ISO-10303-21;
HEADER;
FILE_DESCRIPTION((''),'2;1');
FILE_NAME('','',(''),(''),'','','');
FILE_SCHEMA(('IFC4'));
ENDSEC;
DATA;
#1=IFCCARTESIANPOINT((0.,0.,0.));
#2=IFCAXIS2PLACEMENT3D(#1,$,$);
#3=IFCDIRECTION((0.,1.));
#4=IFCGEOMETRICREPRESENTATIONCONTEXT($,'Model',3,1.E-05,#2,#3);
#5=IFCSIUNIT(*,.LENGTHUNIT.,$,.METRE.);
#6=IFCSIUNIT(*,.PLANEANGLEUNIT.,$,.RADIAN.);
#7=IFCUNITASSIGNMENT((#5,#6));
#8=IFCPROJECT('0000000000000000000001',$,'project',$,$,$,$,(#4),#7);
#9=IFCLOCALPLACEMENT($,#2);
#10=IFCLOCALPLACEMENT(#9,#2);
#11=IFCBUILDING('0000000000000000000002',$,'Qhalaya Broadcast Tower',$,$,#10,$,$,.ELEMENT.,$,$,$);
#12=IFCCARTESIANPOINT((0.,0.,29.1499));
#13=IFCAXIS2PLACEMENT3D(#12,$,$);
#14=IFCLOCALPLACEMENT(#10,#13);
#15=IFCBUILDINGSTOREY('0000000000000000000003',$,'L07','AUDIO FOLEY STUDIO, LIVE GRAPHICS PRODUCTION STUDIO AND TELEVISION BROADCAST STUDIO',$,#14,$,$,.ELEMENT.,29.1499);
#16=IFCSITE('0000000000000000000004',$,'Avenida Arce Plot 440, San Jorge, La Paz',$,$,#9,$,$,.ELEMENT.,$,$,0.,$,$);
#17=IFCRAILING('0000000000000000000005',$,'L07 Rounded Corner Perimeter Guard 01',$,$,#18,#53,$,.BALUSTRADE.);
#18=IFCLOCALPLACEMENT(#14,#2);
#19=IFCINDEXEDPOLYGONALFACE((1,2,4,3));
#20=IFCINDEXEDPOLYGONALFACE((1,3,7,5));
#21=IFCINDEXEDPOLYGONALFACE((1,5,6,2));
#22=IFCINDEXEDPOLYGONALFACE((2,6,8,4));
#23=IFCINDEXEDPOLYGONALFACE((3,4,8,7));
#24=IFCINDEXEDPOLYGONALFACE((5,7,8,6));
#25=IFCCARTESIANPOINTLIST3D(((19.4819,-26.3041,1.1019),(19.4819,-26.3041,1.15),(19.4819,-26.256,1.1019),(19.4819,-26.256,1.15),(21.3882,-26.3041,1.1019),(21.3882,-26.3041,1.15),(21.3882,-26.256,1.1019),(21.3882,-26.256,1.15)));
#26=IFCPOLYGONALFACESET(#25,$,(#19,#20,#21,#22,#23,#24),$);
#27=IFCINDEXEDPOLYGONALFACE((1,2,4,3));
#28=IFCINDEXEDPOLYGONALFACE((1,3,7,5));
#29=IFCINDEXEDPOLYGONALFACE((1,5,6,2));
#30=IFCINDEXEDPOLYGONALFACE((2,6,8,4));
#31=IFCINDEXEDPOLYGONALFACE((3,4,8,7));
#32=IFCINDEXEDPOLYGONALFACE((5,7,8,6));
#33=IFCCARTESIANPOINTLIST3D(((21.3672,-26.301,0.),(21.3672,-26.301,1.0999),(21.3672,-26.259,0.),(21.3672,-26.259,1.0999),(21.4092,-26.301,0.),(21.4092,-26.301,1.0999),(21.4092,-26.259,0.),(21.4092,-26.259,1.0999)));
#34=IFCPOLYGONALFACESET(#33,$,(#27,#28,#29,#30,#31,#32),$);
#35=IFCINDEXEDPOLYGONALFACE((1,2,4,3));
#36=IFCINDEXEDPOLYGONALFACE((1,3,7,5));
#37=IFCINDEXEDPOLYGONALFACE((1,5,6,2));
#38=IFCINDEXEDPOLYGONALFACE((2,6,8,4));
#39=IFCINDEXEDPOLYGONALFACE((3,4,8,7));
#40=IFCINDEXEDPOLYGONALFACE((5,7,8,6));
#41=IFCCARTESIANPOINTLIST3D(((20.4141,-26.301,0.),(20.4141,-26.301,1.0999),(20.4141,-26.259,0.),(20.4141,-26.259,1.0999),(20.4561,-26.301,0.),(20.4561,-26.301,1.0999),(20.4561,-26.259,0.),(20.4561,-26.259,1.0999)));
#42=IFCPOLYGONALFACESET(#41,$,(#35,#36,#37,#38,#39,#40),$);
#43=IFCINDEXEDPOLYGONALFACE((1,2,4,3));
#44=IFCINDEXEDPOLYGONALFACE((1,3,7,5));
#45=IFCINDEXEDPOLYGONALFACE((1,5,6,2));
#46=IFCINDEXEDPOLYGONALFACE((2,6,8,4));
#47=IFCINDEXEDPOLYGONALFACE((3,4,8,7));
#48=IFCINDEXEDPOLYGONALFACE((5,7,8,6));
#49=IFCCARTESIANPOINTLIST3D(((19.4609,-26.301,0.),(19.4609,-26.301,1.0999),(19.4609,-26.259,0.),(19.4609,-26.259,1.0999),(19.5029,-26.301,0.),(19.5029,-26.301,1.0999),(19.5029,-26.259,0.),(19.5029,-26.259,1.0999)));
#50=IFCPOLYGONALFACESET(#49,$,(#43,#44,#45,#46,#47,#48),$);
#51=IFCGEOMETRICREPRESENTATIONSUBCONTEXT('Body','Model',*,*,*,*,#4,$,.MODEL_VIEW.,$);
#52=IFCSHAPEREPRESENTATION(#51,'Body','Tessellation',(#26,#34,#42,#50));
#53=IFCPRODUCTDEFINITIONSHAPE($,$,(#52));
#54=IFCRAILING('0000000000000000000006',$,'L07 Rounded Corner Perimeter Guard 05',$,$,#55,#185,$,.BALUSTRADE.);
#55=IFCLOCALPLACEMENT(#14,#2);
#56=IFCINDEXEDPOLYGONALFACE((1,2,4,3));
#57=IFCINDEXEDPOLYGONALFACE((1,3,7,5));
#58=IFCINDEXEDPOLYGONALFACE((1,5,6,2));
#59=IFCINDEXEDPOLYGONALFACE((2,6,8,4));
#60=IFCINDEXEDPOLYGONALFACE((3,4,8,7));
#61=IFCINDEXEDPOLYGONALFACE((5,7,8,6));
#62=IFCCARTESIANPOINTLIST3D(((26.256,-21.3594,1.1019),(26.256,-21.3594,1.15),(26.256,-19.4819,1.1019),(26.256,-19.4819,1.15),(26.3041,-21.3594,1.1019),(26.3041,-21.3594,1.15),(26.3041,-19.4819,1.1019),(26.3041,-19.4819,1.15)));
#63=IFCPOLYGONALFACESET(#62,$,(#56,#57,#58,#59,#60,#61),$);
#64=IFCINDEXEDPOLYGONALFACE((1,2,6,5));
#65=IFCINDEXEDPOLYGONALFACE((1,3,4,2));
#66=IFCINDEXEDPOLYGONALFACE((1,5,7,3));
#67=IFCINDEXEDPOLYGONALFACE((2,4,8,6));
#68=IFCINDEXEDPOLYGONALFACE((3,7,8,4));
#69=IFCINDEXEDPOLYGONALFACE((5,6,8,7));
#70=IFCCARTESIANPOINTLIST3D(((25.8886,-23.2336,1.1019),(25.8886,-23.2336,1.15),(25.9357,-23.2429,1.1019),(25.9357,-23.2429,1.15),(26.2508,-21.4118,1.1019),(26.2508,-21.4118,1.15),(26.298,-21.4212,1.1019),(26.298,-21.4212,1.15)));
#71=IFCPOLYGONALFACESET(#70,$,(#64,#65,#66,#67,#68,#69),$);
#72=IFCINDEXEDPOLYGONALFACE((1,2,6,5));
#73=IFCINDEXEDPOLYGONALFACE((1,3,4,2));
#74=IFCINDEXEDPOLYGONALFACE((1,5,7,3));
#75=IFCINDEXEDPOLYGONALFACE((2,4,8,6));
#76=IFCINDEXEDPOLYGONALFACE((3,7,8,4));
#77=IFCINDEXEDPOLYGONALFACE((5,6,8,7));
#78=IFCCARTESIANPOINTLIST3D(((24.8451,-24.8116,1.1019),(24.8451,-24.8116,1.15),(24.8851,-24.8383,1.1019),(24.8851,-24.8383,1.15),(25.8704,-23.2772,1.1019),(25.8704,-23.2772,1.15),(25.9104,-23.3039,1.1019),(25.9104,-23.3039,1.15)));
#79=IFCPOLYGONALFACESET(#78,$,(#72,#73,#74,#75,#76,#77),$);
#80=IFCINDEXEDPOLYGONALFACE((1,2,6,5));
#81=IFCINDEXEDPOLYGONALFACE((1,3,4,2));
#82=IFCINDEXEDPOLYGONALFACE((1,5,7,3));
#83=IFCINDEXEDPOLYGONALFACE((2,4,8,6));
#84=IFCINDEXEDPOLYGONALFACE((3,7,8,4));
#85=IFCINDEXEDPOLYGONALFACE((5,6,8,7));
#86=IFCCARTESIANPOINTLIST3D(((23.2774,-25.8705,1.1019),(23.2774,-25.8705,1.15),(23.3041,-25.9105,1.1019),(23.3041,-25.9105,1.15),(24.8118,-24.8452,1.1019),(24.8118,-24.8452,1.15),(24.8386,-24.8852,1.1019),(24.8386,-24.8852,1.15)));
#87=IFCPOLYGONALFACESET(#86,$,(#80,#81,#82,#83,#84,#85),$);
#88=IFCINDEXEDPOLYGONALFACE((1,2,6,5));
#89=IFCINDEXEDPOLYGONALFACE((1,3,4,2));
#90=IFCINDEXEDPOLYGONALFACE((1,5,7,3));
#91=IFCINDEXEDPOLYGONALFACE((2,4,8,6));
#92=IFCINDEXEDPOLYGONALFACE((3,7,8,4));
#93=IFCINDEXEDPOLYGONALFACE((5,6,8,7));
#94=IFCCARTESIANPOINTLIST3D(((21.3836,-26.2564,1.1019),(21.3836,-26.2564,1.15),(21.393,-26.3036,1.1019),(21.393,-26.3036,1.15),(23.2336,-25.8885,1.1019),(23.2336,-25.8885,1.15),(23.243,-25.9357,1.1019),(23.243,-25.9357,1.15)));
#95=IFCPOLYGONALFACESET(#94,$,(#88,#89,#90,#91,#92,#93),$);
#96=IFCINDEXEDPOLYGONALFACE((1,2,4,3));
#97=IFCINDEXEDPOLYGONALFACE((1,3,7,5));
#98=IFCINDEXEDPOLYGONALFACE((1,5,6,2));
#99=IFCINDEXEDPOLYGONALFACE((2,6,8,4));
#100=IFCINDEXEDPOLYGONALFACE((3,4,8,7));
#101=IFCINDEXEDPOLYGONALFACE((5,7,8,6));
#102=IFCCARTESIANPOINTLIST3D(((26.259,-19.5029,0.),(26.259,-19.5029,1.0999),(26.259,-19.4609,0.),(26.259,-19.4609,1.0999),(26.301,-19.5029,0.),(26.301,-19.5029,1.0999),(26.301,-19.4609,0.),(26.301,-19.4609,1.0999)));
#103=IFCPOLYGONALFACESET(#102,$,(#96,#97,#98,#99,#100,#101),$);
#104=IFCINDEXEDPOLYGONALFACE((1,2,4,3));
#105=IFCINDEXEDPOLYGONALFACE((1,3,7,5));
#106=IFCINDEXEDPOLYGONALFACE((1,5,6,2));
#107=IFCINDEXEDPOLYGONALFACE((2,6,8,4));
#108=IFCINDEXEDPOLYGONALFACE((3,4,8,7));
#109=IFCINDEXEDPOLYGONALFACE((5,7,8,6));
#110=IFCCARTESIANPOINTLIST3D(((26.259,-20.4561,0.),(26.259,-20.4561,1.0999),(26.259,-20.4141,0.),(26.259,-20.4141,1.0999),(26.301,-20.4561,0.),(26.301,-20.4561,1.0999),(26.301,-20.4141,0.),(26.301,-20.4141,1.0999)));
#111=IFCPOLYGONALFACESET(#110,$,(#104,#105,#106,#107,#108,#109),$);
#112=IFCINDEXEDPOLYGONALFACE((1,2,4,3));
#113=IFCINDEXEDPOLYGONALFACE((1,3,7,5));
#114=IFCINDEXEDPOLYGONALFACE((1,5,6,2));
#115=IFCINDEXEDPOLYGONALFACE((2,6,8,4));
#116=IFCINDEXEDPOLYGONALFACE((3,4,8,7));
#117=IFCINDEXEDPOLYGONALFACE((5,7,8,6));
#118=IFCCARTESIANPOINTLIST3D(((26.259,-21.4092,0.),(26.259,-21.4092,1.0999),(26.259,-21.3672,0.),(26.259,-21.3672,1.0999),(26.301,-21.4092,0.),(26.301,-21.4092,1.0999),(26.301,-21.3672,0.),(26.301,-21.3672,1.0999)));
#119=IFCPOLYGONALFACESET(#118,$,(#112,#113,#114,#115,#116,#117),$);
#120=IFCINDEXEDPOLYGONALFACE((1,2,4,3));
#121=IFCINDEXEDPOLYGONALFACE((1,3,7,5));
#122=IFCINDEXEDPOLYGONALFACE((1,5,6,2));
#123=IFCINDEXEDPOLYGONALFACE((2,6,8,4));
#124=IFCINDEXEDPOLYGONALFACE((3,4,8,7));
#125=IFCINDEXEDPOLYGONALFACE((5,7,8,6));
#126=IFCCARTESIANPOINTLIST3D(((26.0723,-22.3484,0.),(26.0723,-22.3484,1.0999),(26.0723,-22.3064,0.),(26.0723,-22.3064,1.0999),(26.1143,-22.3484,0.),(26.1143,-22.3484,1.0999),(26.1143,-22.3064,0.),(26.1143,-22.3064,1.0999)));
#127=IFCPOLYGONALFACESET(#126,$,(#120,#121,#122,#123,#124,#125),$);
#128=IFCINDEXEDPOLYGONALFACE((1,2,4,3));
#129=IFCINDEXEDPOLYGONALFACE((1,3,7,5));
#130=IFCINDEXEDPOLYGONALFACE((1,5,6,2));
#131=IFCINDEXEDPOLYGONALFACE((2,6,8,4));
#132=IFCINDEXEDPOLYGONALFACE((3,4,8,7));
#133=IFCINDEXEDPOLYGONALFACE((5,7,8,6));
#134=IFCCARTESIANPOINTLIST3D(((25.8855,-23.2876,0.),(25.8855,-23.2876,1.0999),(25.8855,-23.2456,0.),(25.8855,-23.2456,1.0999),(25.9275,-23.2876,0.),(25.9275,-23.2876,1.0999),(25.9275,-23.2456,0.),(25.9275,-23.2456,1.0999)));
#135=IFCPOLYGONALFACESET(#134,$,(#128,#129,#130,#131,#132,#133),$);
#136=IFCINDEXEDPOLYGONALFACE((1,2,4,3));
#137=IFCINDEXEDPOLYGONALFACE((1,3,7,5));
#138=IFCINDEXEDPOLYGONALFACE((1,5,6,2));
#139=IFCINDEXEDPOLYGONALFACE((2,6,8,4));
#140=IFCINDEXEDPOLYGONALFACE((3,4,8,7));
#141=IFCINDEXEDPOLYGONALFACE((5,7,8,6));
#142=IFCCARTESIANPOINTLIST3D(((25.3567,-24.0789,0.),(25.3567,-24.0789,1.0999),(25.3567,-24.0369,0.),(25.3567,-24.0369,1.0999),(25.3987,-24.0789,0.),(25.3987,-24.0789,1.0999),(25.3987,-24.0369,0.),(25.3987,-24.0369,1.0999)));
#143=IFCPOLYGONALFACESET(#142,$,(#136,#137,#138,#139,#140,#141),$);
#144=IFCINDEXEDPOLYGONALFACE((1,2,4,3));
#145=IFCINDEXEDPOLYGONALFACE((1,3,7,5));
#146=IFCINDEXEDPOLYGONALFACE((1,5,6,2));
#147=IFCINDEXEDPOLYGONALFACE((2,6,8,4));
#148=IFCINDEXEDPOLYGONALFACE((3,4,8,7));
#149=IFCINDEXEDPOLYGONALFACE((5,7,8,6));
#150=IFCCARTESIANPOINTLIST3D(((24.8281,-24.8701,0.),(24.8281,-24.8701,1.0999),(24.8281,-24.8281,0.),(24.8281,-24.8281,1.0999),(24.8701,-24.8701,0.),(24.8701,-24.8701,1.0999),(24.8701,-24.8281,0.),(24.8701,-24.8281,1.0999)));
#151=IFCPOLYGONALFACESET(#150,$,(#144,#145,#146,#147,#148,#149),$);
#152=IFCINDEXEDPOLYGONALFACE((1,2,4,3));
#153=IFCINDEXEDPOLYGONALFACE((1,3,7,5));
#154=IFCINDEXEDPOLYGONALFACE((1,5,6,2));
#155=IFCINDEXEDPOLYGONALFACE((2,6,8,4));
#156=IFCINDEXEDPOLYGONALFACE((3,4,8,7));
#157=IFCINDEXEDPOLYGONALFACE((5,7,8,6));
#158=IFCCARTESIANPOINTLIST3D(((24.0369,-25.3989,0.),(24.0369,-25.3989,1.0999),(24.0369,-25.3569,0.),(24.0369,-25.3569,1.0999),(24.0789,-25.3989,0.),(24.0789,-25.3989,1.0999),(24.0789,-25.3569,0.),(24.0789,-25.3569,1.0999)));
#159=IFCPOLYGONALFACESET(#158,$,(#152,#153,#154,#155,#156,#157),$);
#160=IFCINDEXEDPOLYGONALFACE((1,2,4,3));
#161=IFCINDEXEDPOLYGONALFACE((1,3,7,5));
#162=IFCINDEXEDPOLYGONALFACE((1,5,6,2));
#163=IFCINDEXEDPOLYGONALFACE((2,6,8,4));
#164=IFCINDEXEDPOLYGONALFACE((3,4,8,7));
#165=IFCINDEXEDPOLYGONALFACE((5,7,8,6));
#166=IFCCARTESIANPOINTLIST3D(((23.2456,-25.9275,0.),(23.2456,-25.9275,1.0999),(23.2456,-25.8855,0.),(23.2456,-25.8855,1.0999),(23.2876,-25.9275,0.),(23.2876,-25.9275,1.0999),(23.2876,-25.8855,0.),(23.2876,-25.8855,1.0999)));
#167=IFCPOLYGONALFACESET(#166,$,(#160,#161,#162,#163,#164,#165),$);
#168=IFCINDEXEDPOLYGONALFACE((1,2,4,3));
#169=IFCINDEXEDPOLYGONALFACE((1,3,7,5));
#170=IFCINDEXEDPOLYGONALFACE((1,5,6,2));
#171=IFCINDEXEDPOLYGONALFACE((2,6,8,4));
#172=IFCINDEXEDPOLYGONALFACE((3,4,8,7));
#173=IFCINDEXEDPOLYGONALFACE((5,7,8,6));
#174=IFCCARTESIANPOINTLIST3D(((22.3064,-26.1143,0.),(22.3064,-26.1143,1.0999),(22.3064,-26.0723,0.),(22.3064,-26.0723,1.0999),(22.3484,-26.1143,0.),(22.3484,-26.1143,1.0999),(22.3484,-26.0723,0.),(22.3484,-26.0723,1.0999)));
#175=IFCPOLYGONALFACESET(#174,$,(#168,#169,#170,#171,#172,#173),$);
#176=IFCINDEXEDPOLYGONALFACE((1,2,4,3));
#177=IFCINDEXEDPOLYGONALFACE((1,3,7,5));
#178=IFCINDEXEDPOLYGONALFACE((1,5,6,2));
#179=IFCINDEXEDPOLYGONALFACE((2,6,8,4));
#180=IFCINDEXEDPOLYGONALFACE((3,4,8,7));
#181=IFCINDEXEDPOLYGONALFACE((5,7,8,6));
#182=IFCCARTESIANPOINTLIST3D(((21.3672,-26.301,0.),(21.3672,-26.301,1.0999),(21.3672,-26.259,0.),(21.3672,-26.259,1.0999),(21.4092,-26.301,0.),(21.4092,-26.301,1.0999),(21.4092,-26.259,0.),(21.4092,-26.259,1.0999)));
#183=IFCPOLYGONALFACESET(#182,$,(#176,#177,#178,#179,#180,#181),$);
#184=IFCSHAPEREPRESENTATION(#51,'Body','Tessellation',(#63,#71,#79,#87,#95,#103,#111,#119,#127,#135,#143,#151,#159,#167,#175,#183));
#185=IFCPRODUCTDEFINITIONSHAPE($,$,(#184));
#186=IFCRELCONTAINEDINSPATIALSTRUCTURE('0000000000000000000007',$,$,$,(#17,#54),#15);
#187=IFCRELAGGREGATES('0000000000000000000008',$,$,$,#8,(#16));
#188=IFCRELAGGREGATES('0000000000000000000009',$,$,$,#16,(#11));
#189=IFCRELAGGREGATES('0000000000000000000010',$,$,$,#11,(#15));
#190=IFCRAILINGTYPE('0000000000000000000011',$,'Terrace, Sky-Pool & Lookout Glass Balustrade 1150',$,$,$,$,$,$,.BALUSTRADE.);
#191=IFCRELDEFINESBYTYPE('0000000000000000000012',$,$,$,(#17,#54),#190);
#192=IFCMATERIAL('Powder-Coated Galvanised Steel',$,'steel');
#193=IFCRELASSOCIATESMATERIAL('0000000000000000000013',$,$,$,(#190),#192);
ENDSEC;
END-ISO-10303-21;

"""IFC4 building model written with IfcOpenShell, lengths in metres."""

from ifc_helpers import new_model, si_unit, direction, frame, origin, origin_2d, place, context, subcontext, project, spatial, rectangle, extrude, material, type_object, element, save


model = new_model("IFC4")

# Units and contexts
model_context = context("Model", 3, precision=1e-05, world=origin(), true_north=direction((0.0, 1.0)))
body_context = subcontext(model_context, "Body", "Model", "MODEL_VIEW")
ifc_project = project(units=[si_unit("LENGTHUNIT", "METRE"), si_unit("PLANEANGLEUNIT", "RADIAN")], contexts=[model_context])

# Site, building, storey
site_placement = place(None, origin())
site = spatial("IfcSite", under=ifc_project, at=site_placement, Name="Avenida Arce Plot 440, San Jorge, La Paz", CompositionType="ELEMENT", RefElevation=0.0)
building_placement = place(site_placement, origin())
building = spatial("IfcBuilding", under=site, at=building_placement, Name="Qhalaya Broadcast Tower", CompositionType="ELEMENT")
storey_placement = place(building_placement, frame((0.0, 0.0, 29.1499)))
storey = spatial("IfcBuildingStorey", under=building, at=storey_placement, Name="L07", Description="AUDIO FOLEY STUDIO, LIVE GRAPHICS PRODUCTION STUDIO AND TELEVISION BROADCAST STUDIO", CompositionType="ELEMENT", Elevation=29.1499)

# Railings
ifc_material_1 = material(Name="Powder-Coated Galvanised Steel", Category="steel")
railing_type = type_object("IfcRailingType", Name="Terrace, Sky-Pool & Lookout Glass Balustrade 1150", PredefinedType="BALUSTRADE", material=ifc_material_1)
railing_1_placement = place(storey_placement, frame((21.3882, -26.28, 0.0)))
element("IfcRailing", 1, at=railing_1_placement, inside=storey, type_object=railing_type, Name="L07 Rounded Corner Perimeter Guard 01", PredefinedType="BALUSTRADE", context=body_context, shape_type="SweptSolid", body=[
    extrude(rectangle(XDim=0.0481, YDim=0.0481, at=origin_2d()), frame((0.0, 0.0, 1.126), z_axis=(-1.0, 0.0, 0.0), x_axis=(0.0, -1.0, 0.0)), (0.0, 0.0, 1.0), 1.9062),
    extrude(rectangle(XDim=0.042, YDim=0.042, at=origin_2d()), origin(), (0.0, 0.0, 1.0), 1.0999),
    extrude(rectangle(XDim=0.042, YDim=0.042, at=origin_2d()), frame((-0.9531, 0.0, 0.0)), (0.0, 0.0, 1.0), 1.0999),
    extrude(rectangle(XDim=0.042, YDim=0.042, at=origin_2d()), frame((-1.9062, 0.0, 0.0)), (0.0, 0.0, 1.0), 1.0999),
])
railing_2_placement = place(storey_placement, frame((26.28, -19.4819, 0.0)))
element("IfcRailing", 2, at=railing_2_placement, inside=storey, type_object=railing_type, Name="L07 Rounded Corner Perimeter Guard 05", PredefinedType="BALUSTRADE", context=body_context, shape_type="SweptSolid", body=[
    extrude(rectangle(XDim=0.0481, YDim=0.0481, at=origin_2d()), frame((0.0, 0.0, 1.126), z_axis=(0.0, -1.0, 0.0), x_axis=(1.0, 0.0, 0.0)), (0.0, 0.0, 1.0), 1.8774),
    extrude(rectangle(XDim=0.0481, YDim=0.0481, at=origin_2d()), frame((-0.0056, -1.9346, 1.126), z_axis=(-0.195037, -0.980796, 0.0), x_axis=(0.980796, -0.195037, 0.0)), (0.0, 0.0, 1.0), 1.8574),
    extrude(rectangle(XDim=0.0481, YDim=0.0481, at=origin_2d()), frame((-0.3896, -3.8086, 1.126), z_axis=(-0.555558, -0.831478, 0.0), x_axis=(0.831478, -0.555558, 0.0)), (0.0, 0.0, 1.0), 1.8455),
    extrude(rectangle(XDim=0.0481, YDim=0.0481, at=origin_2d()), frame((-1.4548, -5.3833, 1.126), z_axis=(-0.831478, -0.555558, 0.0), x_axis=(0.555558, -0.831478, 0.0)), (0.0, 0.0, 1.0), 1.8455),
    extrude(rectangle(XDim=0.0481, YDim=0.0481, at=origin_2d()), frame((-3.0417, -6.4302, 1.126), z_axis=(-0.980796, -0.195037, 0.0), x_axis=(0.195037, -0.980796, 0.0)), (0.0, 0.0, 1.0), 1.8862),
    extrude(rectangle(XDim=0.042, YDim=0.042, at=origin_2d()), origin(), (0.0, 0.0, 1.0), 1.0999),
    extrude(rectangle(XDim=0.042, YDim=0.042, at=origin_2d()), frame((0.0, -0.9531, 0.0)), (0.0, 0.0, 1.0), 1.0999),
    extrude(rectangle(XDim=0.042, YDim=0.042, at=origin_2d()), frame((0.0, -1.9062, 0.0)), (0.0, 0.0, 1.0), 1.0999),
    extrude(rectangle(XDim=0.042, YDim=0.042, at=origin_2d()), frame((-0.1868, -2.8455, 0.0)), (0.0, 0.0, 1.0), 1.0999),
    extrude(rectangle(XDim=0.042, YDim=0.042, at=origin_2d()), frame((-0.3735, -3.7847, 0.0)), (0.0, 0.0, 1.0), 1.0999),
    extrude(rectangle(XDim=0.042, YDim=0.042, at=origin_2d()), frame((-0.9023, -4.5759, 0.0)), (0.0, 0.0, 1.0), 1.0999),
    extrude(rectangle(XDim=0.042, YDim=0.042, at=origin_2d()), frame((-1.4309, -5.3672, 0.0)), (0.0, 0.0, 1.0), 1.0999),
    extrude(rectangle(XDim=0.042, YDim=0.042, at=origin_2d()), frame((-2.2222, -5.896, 0.0)), (0.0, 0.0, 1.0), 1.0999),
    extrude(rectangle(XDim=0.042, YDim=0.042, at=origin_2d()), frame((-3.0134, -6.4246, 0.0)), (0.0, 0.0, 1.0), 1.0999),
    extrude(rectangle(XDim=0.042, YDim=0.042, at=origin_2d()), frame((-3.9526, -6.6113, 0.0)), (0.0, 0.0, 1.0), 1.0999),
    extrude(rectangle(XDim=0.042, YDim=0.042, at=origin_2d()), frame((-4.8918, -6.7981, 0.0)), (0.0, 0.0, 1.0), 1.0999),
])

save(model, "model.ifc")
